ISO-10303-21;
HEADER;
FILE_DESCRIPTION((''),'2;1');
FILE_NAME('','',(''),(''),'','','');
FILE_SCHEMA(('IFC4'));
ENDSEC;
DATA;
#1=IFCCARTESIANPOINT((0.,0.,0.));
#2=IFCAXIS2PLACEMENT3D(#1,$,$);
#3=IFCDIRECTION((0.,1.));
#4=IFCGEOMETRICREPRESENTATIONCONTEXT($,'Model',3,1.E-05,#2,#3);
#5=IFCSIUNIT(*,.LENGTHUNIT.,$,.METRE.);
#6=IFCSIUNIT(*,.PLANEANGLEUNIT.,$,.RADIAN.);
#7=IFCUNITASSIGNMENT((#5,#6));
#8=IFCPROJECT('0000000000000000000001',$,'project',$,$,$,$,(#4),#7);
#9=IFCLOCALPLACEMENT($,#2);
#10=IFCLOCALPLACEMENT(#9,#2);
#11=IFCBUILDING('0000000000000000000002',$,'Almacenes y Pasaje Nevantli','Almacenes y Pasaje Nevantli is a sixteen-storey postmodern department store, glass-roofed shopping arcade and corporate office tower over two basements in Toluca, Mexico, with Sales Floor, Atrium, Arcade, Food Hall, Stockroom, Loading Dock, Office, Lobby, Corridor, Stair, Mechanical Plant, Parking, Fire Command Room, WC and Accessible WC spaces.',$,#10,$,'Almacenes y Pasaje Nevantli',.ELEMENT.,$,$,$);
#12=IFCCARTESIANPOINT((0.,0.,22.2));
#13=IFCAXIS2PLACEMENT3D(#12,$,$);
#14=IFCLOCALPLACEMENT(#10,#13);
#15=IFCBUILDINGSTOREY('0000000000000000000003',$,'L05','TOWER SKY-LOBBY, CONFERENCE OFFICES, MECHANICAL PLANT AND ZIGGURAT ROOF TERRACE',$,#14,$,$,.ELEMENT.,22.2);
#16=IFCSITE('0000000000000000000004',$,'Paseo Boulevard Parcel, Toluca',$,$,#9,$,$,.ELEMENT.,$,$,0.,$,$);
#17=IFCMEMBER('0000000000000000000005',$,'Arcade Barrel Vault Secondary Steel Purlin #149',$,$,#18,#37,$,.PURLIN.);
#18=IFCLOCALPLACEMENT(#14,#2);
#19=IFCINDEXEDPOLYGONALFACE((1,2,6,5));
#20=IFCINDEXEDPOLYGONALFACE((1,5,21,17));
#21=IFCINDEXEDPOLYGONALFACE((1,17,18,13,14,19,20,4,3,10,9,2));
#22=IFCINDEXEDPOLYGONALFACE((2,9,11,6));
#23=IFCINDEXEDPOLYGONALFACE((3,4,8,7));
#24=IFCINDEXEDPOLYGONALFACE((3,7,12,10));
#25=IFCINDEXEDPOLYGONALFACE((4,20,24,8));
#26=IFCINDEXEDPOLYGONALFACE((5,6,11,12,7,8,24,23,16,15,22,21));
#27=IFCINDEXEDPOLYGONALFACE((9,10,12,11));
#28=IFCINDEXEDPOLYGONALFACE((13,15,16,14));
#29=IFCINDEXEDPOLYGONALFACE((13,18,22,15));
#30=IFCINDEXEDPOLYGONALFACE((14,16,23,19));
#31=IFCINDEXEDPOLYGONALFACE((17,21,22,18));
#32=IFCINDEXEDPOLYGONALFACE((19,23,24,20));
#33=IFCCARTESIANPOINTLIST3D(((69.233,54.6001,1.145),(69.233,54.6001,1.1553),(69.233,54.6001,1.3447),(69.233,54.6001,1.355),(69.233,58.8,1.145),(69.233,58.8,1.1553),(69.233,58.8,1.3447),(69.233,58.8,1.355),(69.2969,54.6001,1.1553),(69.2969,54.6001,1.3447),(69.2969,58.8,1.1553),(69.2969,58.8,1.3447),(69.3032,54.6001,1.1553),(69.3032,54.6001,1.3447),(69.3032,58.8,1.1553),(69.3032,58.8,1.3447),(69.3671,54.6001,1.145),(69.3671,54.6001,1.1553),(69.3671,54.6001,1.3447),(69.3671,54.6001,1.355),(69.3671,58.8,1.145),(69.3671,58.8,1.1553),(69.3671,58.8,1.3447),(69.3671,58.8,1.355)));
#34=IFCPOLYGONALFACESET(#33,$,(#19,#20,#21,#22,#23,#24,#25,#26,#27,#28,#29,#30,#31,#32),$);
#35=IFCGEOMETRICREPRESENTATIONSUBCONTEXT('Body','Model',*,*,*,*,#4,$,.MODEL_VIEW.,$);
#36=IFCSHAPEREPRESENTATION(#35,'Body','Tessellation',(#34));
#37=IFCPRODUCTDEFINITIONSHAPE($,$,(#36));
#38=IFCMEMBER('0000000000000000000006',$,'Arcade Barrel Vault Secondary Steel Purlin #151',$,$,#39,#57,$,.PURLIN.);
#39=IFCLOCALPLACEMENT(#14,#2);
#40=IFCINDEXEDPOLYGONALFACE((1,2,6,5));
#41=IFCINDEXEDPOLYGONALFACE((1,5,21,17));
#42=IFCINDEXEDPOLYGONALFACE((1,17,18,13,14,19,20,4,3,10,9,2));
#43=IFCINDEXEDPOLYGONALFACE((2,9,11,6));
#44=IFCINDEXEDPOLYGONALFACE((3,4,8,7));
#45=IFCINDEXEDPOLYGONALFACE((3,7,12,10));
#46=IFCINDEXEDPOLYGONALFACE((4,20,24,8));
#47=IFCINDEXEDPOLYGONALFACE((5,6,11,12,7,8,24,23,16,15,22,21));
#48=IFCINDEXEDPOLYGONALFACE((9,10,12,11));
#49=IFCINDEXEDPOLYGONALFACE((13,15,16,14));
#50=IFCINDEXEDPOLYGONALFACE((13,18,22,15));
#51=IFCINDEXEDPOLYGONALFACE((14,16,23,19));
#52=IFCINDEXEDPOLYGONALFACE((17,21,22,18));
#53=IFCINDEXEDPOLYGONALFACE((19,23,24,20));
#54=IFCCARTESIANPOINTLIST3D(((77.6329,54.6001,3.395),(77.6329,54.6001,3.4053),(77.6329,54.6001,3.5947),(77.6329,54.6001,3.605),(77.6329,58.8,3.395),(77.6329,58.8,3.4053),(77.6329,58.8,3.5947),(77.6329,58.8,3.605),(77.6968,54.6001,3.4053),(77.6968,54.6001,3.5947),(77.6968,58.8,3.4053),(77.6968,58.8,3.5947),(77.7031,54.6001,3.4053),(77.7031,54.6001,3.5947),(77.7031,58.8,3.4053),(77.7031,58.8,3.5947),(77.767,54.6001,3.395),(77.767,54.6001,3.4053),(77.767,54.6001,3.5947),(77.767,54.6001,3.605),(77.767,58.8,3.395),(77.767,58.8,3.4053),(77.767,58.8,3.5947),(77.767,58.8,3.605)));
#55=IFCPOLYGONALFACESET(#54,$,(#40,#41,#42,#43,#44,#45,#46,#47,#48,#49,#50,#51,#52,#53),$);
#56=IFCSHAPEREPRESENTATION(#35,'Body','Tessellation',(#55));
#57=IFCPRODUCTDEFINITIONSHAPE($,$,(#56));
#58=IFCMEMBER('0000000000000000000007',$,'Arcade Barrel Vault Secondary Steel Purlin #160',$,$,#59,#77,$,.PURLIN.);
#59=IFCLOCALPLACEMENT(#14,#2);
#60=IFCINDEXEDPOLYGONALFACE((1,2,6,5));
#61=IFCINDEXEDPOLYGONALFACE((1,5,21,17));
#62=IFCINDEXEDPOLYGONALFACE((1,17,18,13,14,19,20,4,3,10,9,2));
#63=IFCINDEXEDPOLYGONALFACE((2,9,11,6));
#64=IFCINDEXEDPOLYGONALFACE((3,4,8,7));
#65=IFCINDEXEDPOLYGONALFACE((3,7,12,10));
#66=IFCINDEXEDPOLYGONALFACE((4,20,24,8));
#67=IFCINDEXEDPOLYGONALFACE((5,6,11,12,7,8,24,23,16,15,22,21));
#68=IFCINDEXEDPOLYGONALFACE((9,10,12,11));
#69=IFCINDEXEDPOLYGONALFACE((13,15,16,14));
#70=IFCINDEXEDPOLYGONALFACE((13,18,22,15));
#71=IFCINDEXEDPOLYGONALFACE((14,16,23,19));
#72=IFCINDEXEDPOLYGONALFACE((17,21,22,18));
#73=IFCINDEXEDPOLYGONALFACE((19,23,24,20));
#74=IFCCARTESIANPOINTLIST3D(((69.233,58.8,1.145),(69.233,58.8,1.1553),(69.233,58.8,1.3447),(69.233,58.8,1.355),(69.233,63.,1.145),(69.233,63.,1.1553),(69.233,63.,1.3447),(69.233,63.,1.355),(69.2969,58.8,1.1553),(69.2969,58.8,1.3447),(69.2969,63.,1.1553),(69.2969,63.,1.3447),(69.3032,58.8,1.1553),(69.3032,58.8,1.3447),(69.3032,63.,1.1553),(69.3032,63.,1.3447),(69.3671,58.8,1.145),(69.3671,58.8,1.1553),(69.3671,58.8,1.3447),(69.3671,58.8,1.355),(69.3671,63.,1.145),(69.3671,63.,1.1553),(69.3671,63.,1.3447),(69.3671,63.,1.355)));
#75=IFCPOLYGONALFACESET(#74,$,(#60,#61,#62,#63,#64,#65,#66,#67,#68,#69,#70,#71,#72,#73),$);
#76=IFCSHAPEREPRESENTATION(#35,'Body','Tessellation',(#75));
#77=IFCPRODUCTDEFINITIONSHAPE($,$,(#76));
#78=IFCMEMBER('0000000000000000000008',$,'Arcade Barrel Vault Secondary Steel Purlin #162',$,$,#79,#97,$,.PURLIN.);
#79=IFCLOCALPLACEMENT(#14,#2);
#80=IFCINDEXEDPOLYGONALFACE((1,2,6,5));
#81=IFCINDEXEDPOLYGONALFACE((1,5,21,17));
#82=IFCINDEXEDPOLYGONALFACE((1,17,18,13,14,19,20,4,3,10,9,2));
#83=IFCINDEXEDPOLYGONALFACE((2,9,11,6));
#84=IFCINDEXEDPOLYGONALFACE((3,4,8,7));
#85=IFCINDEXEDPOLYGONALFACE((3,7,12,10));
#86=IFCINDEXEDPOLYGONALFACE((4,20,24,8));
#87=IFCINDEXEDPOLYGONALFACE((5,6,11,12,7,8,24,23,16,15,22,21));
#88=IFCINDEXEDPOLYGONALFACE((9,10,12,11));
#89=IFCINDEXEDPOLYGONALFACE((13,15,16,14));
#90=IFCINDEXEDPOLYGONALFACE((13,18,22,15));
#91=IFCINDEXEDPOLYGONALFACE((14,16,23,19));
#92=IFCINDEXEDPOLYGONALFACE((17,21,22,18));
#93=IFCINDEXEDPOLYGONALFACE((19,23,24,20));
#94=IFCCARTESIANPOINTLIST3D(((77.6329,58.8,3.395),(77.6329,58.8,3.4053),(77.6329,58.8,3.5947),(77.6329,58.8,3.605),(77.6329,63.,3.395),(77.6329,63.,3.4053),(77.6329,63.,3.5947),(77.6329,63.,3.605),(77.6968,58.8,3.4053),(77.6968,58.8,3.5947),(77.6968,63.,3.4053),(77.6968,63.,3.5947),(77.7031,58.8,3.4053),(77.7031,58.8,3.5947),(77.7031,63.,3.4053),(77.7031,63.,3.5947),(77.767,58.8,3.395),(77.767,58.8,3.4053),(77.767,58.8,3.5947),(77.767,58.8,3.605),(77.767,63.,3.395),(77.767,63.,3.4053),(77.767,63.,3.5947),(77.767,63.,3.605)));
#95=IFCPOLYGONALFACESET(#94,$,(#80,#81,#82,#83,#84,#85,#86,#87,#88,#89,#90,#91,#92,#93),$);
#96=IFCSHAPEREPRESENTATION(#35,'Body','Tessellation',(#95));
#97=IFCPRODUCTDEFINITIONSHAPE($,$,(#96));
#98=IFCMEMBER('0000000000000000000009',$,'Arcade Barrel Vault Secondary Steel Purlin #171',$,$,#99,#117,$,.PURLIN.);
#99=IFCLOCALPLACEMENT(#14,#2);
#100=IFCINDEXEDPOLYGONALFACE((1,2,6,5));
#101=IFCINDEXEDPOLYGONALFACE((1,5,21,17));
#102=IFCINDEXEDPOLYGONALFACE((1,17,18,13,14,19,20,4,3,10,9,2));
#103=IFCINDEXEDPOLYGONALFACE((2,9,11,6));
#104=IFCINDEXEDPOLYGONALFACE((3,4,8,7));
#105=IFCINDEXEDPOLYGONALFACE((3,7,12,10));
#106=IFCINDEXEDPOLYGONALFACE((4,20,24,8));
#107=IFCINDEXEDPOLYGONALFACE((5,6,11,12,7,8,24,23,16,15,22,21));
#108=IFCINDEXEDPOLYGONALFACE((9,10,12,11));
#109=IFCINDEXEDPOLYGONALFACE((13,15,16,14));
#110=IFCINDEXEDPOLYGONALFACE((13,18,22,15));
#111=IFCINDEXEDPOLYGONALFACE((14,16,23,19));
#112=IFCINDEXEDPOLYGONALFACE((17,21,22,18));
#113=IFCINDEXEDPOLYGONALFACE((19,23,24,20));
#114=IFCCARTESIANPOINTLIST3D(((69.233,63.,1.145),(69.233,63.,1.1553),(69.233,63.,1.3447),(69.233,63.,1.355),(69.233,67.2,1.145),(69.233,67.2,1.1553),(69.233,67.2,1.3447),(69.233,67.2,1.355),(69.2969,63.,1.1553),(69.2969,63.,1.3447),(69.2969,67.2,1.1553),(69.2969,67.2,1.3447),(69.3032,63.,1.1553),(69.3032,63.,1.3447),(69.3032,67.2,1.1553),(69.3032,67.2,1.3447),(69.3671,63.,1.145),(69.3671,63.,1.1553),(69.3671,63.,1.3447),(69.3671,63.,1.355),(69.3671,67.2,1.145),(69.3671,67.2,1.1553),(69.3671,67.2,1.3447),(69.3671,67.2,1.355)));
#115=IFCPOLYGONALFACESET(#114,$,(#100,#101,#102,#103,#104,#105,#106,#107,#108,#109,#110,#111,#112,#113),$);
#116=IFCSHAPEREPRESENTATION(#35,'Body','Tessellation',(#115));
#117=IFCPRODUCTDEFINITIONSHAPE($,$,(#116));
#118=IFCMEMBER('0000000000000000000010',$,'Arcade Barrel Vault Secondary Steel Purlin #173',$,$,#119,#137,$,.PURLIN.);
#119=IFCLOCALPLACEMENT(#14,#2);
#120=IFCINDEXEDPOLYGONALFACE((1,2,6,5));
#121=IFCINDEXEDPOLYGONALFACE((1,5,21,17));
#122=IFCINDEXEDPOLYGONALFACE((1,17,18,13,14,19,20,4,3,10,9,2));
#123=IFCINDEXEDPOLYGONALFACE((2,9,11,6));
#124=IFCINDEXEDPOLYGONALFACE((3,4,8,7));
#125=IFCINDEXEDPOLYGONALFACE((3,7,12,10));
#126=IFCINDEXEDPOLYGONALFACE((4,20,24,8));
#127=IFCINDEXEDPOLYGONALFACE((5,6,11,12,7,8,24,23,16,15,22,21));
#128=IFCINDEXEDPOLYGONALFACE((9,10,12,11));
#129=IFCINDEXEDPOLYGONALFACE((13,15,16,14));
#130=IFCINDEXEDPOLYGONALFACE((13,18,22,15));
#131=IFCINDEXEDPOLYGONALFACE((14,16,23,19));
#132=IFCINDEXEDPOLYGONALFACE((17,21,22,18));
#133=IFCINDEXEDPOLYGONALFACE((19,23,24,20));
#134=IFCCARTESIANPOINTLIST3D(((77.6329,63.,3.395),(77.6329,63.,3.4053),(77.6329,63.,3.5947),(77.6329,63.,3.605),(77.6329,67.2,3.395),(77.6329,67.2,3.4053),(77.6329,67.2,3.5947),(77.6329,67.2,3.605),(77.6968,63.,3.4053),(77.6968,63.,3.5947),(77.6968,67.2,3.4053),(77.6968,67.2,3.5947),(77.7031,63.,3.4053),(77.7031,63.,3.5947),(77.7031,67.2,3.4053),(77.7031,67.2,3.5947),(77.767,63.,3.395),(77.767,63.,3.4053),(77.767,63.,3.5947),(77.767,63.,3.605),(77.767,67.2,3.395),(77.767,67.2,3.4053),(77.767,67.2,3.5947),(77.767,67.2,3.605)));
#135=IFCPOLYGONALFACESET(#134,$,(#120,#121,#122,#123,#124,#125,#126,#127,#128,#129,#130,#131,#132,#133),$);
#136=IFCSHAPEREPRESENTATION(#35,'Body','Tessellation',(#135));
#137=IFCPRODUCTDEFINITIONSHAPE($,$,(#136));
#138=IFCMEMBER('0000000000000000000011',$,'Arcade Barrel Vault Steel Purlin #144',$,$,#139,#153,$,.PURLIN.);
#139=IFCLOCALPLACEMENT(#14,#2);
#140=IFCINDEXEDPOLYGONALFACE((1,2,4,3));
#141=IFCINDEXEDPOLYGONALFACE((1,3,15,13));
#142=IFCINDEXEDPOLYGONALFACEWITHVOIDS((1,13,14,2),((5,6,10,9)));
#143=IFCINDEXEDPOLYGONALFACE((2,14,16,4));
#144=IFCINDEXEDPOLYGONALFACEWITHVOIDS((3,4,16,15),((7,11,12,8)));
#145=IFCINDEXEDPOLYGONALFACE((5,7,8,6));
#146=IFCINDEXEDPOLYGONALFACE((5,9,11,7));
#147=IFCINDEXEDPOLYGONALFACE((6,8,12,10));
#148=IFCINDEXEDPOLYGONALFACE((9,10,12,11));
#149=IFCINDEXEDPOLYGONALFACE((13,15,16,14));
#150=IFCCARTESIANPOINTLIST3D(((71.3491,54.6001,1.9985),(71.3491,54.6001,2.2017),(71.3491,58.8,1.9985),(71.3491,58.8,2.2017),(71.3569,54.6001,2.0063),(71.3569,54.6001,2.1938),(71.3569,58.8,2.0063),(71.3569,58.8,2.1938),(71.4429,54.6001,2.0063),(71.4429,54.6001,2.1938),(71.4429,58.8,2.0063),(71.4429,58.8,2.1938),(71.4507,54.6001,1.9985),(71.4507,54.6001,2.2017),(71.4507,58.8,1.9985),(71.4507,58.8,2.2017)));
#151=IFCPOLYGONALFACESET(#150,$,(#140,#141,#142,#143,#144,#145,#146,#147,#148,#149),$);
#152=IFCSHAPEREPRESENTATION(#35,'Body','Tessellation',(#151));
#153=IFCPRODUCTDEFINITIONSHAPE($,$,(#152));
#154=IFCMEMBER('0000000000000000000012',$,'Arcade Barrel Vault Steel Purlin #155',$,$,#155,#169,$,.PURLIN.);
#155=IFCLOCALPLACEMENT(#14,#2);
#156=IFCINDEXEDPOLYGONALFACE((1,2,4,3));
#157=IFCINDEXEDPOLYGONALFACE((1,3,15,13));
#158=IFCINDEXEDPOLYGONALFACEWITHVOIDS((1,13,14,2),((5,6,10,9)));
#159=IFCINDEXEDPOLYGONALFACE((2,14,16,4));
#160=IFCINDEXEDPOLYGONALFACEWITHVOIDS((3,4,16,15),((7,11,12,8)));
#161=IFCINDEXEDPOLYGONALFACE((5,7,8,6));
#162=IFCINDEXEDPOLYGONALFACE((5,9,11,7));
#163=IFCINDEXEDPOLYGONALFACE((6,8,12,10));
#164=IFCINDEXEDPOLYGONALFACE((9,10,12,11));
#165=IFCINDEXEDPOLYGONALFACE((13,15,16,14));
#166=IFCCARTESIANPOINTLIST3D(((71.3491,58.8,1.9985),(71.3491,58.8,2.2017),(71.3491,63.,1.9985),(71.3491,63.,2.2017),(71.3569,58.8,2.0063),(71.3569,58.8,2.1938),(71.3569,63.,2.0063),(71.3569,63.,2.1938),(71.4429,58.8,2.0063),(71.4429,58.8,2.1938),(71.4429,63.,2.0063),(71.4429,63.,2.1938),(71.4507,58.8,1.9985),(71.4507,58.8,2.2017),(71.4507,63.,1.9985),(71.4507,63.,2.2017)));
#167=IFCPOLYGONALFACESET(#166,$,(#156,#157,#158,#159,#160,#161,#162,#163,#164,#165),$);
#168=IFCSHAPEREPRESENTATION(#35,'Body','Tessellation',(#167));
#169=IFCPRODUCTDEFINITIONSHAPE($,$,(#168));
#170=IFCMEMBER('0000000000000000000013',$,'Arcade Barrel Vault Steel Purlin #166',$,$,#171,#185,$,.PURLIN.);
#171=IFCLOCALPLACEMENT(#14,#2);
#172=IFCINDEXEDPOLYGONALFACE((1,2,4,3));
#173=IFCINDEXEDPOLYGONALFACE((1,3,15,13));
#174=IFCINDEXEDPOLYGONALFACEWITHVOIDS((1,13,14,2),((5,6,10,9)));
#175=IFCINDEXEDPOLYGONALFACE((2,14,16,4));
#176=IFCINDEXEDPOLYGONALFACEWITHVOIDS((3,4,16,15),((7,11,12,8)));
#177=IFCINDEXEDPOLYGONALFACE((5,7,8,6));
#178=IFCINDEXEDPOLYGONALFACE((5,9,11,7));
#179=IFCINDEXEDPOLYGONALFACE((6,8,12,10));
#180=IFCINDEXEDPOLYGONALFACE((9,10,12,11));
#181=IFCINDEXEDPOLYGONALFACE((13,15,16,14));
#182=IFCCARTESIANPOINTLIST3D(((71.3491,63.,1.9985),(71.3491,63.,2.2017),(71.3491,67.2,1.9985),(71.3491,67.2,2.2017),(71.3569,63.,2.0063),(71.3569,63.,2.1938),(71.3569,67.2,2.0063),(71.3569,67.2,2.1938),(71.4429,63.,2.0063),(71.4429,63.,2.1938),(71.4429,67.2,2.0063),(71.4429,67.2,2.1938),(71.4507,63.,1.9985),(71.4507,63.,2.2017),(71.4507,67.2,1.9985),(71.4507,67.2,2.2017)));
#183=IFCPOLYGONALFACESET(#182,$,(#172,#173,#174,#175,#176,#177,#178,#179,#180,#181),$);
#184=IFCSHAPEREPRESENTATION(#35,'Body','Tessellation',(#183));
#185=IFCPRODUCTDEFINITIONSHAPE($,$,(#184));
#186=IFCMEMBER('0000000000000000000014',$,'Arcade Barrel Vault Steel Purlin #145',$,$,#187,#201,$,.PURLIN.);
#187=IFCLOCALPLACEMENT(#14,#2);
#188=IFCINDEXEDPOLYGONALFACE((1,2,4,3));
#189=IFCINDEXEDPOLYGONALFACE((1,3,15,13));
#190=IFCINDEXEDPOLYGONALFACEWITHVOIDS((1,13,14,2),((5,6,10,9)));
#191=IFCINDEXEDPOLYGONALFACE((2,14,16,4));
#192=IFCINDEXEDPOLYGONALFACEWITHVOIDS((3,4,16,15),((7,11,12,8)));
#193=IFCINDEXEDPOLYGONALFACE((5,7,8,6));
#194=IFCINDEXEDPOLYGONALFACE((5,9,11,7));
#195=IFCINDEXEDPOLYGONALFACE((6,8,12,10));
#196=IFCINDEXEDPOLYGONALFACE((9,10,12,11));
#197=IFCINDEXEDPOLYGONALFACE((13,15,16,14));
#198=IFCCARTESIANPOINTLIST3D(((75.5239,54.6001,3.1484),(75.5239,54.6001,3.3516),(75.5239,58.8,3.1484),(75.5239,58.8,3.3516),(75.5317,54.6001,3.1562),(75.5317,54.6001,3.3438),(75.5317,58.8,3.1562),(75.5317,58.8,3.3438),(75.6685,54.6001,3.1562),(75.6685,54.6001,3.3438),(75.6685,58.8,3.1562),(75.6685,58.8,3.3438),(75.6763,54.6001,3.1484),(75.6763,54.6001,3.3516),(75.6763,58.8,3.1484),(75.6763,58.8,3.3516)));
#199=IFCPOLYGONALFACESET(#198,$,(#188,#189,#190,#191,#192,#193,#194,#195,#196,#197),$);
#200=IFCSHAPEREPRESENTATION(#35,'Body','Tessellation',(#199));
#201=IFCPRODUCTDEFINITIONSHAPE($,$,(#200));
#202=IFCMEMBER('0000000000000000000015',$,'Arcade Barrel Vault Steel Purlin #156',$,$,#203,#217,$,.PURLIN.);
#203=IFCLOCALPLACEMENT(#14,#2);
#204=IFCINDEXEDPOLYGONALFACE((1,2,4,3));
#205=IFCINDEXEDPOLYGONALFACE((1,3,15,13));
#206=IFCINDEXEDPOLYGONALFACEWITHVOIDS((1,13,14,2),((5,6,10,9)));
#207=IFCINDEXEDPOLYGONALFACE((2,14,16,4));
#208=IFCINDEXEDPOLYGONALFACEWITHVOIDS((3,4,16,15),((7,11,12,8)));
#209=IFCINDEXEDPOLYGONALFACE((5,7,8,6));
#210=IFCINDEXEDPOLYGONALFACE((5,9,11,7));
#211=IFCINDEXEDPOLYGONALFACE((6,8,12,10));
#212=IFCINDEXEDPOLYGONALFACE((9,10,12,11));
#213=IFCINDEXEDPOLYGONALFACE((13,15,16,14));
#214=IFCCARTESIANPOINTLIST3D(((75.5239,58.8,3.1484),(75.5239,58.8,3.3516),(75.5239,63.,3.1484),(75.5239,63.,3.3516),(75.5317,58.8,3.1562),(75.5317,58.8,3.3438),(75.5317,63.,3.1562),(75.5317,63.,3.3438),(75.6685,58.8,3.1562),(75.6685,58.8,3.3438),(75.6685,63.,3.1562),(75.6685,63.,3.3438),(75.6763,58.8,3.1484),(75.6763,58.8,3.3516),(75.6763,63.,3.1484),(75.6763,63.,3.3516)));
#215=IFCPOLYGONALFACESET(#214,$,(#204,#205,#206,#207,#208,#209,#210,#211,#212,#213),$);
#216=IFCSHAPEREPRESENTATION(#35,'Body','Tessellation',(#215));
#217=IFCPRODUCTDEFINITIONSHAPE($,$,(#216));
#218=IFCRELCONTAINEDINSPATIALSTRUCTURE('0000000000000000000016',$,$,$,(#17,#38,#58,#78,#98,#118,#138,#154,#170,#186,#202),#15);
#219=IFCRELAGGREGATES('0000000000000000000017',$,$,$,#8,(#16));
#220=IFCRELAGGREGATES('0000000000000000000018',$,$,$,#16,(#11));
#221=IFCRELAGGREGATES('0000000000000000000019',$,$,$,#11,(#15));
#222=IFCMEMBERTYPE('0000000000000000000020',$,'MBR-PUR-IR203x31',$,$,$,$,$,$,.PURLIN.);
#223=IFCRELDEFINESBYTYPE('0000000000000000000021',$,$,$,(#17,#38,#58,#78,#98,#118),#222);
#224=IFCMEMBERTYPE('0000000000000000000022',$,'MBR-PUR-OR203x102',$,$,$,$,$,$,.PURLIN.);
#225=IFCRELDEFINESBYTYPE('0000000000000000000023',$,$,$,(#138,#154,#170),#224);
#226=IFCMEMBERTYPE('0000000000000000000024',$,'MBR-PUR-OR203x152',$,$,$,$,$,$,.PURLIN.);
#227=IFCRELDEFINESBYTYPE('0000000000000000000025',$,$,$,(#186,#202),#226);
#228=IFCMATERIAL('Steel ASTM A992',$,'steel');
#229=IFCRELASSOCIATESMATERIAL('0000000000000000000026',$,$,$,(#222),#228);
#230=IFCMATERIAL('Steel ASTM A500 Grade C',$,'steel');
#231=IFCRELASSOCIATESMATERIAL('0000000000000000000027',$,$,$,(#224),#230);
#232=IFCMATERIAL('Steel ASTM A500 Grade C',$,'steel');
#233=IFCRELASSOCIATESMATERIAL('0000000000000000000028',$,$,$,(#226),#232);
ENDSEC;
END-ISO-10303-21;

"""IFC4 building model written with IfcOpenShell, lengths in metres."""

from ifc_helpers import new_model, si_unit, direction, frame, origin, origin_2d, place, context, subcontext, project, spatial, hollow_rectangle, i_section, extrude, material, material_profile, profile_set, type_object, element, save


model = new_model("IFC4")

# Units and contexts
model_context = context("Model", 3, precision=1e-05, world=origin(), true_north=direction((0.0, 1.0)))
body_context = subcontext(model_context, "Body", "Model", "MODEL_VIEW")
ifc_project = project(units=[si_unit("LENGTHUNIT", "METRE"), si_unit("PLANEANGLEUNIT", "RADIAN")], contexts=[model_context])

# Site, building, storey
site_placement = place(None, origin())
site = spatial("IfcSite", under=ifc_project, at=site_placement, Name="Paseo Boulevard Parcel, Toluca", CompositionType="ELEMENT", RefElevation=0.0)
building_placement = place(site_placement, origin())
building = spatial("IfcBuilding", under=site, at=building_placement, Name="Almacenes y Pasaje Nevantli", Description="Almacenes y Pasaje Nevantli is a sixteen-storey postmodern department store, glass-roofed shopping arcade and corporate office tower over two basements in Toluca, Mexico, with Sales Floor, Atrium, Arcade, Food Hall, Stockroom, Loading Dock, Office, Lobby, Corridor, Stair, Mechanical Plant, Parking, Fire Command Room, WC and Accessible WC spaces.", LongName="Almacenes y Pasaje Nevantli", CompositionType="ELEMENT")
storey_placement = place(building_placement, frame((0.0, 0.0, 22.2)))
storey = spatial("IfcBuildingStorey", under=building, at=storey_placement, Name="L05", Description="TOWER SKY-LOBBY, CONFERENCE OFFICES, MECHANICAL PLANT AND ZIGGURAT ROOF TERRACE", CompositionType="ELEMENT", Elevation=22.2)

# Members
ifc_material_1 = material(Name="Steel ASTM A992", Category="steel")
ifc_material_profile_1 = material_profile(ifc_material_1, i_section(OverallWidth=0.134, OverallDepth=0.21, WebThickness=0.0063, FlangeThickness=0.0103, at=origin_2d()), Name="IR 203x31.3")
ifc_profile_set_1 = profile_set([ifc_material_profile_1], Name="Steel ASTM A992")
member_type_1 = type_object("IfcMemberType", Name="MBR-PUR-IR203x31", PredefinedType="PURLIN", material=ifc_profile_set_1)
for number, where, z_axis, x_axis, name in (
    (1, (69.3, 54.6001, 1.25), (0.0, 1.0, 0.0), (-1.0, 0.0, 0.0), "Arcade Barrel Vault Secondary Steel Purlin #149"),
    (2, (77.7, 54.6001, 3.5), (0.0, 1.0, 0.0), (-1.0, 0.0, 0.0), "Arcade Barrel Vault Secondary Steel Purlin #151"),
    (3, (69.3, 58.8, 1.25), (0.0, 1.0, 0.0), (-1.0, 0.0, 0.0), "Arcade Barrel Vault Secondary Steel Purlin #160"),
    (4, (77.7, 58.8, 3.5), (0.0, 1.0, 0.0), (-1.0, 0.0, 0.0), "Arcade Barrel Vault Secondary Steel Purlin #162"),
    (5, (69.3, 63.0, 1.25), (0.0, 1.0, 0.0), (-1.0, 0.0, 0.0), "Arcade Barrel Vault Secondary Steel Purlin #171"),
    (6, (77.7, 63.0, 3.5), (0.0, 1.0, 0.0), (-1.0, 0.0, 0.0), "Arcade Barrel Vault Secondary Steel Purlin #173"),
):
    element("IfcMember", number, at=place(storey_placement, frame(where, z_axis=z_axis, x_axis=x_axis)), inside=storey, type_object=member_type_1, Name=name, PredefinedType="PURLIN", context=body_context, shape_type="SweptSolid", body=[
        extrude(i_section(OverallWidth=0.134, OverallDepth=0.21, WebThickness=0.0063, FlangeThickness=0.0103, at=origin_2d()), origin(), (0.0, 0.0, 1.0), 4.2),
    ])
ifc_material_2 = material(Name="Steel ASTM A500 Grade C", Category="steel")
ifc_material_profile_2 = material_profile(ifc_material_2, hollow_rectangle(XDim=0.1016, YDim=0.2031, WallThickness=0.0078, at=origin_2d()), Name="OR 203x102x7.9")
ifc_profile_set_2 = profile_set([ifc_material_profile_2], Name="Steel ASTM A500 Grade C")
member_type_2 = type_object("IfcMemberType", Name="MBR-PUR-OR203x102", PredefinedType="PURLIN", material=ifc_profile_set_2)
for number, where, z_axis, x_axis, name in (
    (7, (71.3999, 54.6001, 2.1001), (0.0, 1.0, 0.0), (-1.0, 0.0, 0.0), "Arcade Barrel Vault Steel Purlin #144"),
    (8, (71.3999, 58.8, 2.1001), (0.0, 1.0, 0.0), (-1.0, 0.0, 0.0), "Arcade Barrel Vault Steel Purlin #155"),
    (9, (71.3999, 63.0, 2.1001), (0.0, 1.0, 0.0), (-1.0, 0.0, 0.0), "Arcade Barrel Vault Steel Purlin #166"),
):
    element("IfcMember", number, at=place(storey_placement, frame(where, z_axis=z_axis, x_axis=x_axis)), inside=storey, type_object=member_type_2, Name=name, PredefinedType="PURLIN", context=body_context, shape_type="SweptSolid", body=[
        extrude(hollow_rectangle(XDim=0.1016, YDim=0.2031, WallThickness=0.0078, at=origin_2d()), origin(), (0.0, 0.0, 1.0), 4.2),
    ])
ifc_material_3 = material(Name="Steel ASTM A500 Grade C", Category="steel")
ifc_material_profile_3 = material_profile(ifc_material_3, hollow_rectangle(XDim=0.1523, YDim=0.2031, WallThickness=0.0078, at=origin_2d()), Name="OR 203x152x7.9")
ifc_profile_set_3 = profile_set([ifc_material_profile_3], Name="Steel ASTM A500 Grade C")
member_type_3 = type_object("IfcMemberType", Name="MBR-PUR-OR203x152", PredefinedType="PURLIN", material=ifc_profile_set_3)
for number, where, z_axis, x_axis, name in (
    (10, (75.6001, 54.6001, 3.25), (0.0, 1.0, 0.0), (-1.0, 0.0, 0.0), "Arcade Barrel Vault Steel Purlin #145"),
    (11, (75.6001, 58.8, 3.25), (0.0, 1.0, 0.0), (-1.0, 0.0, 0.0), "Arcade Barrel Vault Steel Purlin #156"),
):
    element("IfcMember", number, at=place(storey_placement, frame(where, z_axis=z_axis, x_axis=x_axis)), inside=storey, type_object=member_type_3, Name=name, PredefinedType="PURLIN", context=body_context, shape_type="SweptSolid", body=[
        extrude(hollow_rectangle(XDim=0.1523, YDim=0.2031, WallThickness=0.0078, at=origin_2d()), origin(), (0.0, 0.0, 1.0), 4.2),
    ])

save(model, "model.ifc")
